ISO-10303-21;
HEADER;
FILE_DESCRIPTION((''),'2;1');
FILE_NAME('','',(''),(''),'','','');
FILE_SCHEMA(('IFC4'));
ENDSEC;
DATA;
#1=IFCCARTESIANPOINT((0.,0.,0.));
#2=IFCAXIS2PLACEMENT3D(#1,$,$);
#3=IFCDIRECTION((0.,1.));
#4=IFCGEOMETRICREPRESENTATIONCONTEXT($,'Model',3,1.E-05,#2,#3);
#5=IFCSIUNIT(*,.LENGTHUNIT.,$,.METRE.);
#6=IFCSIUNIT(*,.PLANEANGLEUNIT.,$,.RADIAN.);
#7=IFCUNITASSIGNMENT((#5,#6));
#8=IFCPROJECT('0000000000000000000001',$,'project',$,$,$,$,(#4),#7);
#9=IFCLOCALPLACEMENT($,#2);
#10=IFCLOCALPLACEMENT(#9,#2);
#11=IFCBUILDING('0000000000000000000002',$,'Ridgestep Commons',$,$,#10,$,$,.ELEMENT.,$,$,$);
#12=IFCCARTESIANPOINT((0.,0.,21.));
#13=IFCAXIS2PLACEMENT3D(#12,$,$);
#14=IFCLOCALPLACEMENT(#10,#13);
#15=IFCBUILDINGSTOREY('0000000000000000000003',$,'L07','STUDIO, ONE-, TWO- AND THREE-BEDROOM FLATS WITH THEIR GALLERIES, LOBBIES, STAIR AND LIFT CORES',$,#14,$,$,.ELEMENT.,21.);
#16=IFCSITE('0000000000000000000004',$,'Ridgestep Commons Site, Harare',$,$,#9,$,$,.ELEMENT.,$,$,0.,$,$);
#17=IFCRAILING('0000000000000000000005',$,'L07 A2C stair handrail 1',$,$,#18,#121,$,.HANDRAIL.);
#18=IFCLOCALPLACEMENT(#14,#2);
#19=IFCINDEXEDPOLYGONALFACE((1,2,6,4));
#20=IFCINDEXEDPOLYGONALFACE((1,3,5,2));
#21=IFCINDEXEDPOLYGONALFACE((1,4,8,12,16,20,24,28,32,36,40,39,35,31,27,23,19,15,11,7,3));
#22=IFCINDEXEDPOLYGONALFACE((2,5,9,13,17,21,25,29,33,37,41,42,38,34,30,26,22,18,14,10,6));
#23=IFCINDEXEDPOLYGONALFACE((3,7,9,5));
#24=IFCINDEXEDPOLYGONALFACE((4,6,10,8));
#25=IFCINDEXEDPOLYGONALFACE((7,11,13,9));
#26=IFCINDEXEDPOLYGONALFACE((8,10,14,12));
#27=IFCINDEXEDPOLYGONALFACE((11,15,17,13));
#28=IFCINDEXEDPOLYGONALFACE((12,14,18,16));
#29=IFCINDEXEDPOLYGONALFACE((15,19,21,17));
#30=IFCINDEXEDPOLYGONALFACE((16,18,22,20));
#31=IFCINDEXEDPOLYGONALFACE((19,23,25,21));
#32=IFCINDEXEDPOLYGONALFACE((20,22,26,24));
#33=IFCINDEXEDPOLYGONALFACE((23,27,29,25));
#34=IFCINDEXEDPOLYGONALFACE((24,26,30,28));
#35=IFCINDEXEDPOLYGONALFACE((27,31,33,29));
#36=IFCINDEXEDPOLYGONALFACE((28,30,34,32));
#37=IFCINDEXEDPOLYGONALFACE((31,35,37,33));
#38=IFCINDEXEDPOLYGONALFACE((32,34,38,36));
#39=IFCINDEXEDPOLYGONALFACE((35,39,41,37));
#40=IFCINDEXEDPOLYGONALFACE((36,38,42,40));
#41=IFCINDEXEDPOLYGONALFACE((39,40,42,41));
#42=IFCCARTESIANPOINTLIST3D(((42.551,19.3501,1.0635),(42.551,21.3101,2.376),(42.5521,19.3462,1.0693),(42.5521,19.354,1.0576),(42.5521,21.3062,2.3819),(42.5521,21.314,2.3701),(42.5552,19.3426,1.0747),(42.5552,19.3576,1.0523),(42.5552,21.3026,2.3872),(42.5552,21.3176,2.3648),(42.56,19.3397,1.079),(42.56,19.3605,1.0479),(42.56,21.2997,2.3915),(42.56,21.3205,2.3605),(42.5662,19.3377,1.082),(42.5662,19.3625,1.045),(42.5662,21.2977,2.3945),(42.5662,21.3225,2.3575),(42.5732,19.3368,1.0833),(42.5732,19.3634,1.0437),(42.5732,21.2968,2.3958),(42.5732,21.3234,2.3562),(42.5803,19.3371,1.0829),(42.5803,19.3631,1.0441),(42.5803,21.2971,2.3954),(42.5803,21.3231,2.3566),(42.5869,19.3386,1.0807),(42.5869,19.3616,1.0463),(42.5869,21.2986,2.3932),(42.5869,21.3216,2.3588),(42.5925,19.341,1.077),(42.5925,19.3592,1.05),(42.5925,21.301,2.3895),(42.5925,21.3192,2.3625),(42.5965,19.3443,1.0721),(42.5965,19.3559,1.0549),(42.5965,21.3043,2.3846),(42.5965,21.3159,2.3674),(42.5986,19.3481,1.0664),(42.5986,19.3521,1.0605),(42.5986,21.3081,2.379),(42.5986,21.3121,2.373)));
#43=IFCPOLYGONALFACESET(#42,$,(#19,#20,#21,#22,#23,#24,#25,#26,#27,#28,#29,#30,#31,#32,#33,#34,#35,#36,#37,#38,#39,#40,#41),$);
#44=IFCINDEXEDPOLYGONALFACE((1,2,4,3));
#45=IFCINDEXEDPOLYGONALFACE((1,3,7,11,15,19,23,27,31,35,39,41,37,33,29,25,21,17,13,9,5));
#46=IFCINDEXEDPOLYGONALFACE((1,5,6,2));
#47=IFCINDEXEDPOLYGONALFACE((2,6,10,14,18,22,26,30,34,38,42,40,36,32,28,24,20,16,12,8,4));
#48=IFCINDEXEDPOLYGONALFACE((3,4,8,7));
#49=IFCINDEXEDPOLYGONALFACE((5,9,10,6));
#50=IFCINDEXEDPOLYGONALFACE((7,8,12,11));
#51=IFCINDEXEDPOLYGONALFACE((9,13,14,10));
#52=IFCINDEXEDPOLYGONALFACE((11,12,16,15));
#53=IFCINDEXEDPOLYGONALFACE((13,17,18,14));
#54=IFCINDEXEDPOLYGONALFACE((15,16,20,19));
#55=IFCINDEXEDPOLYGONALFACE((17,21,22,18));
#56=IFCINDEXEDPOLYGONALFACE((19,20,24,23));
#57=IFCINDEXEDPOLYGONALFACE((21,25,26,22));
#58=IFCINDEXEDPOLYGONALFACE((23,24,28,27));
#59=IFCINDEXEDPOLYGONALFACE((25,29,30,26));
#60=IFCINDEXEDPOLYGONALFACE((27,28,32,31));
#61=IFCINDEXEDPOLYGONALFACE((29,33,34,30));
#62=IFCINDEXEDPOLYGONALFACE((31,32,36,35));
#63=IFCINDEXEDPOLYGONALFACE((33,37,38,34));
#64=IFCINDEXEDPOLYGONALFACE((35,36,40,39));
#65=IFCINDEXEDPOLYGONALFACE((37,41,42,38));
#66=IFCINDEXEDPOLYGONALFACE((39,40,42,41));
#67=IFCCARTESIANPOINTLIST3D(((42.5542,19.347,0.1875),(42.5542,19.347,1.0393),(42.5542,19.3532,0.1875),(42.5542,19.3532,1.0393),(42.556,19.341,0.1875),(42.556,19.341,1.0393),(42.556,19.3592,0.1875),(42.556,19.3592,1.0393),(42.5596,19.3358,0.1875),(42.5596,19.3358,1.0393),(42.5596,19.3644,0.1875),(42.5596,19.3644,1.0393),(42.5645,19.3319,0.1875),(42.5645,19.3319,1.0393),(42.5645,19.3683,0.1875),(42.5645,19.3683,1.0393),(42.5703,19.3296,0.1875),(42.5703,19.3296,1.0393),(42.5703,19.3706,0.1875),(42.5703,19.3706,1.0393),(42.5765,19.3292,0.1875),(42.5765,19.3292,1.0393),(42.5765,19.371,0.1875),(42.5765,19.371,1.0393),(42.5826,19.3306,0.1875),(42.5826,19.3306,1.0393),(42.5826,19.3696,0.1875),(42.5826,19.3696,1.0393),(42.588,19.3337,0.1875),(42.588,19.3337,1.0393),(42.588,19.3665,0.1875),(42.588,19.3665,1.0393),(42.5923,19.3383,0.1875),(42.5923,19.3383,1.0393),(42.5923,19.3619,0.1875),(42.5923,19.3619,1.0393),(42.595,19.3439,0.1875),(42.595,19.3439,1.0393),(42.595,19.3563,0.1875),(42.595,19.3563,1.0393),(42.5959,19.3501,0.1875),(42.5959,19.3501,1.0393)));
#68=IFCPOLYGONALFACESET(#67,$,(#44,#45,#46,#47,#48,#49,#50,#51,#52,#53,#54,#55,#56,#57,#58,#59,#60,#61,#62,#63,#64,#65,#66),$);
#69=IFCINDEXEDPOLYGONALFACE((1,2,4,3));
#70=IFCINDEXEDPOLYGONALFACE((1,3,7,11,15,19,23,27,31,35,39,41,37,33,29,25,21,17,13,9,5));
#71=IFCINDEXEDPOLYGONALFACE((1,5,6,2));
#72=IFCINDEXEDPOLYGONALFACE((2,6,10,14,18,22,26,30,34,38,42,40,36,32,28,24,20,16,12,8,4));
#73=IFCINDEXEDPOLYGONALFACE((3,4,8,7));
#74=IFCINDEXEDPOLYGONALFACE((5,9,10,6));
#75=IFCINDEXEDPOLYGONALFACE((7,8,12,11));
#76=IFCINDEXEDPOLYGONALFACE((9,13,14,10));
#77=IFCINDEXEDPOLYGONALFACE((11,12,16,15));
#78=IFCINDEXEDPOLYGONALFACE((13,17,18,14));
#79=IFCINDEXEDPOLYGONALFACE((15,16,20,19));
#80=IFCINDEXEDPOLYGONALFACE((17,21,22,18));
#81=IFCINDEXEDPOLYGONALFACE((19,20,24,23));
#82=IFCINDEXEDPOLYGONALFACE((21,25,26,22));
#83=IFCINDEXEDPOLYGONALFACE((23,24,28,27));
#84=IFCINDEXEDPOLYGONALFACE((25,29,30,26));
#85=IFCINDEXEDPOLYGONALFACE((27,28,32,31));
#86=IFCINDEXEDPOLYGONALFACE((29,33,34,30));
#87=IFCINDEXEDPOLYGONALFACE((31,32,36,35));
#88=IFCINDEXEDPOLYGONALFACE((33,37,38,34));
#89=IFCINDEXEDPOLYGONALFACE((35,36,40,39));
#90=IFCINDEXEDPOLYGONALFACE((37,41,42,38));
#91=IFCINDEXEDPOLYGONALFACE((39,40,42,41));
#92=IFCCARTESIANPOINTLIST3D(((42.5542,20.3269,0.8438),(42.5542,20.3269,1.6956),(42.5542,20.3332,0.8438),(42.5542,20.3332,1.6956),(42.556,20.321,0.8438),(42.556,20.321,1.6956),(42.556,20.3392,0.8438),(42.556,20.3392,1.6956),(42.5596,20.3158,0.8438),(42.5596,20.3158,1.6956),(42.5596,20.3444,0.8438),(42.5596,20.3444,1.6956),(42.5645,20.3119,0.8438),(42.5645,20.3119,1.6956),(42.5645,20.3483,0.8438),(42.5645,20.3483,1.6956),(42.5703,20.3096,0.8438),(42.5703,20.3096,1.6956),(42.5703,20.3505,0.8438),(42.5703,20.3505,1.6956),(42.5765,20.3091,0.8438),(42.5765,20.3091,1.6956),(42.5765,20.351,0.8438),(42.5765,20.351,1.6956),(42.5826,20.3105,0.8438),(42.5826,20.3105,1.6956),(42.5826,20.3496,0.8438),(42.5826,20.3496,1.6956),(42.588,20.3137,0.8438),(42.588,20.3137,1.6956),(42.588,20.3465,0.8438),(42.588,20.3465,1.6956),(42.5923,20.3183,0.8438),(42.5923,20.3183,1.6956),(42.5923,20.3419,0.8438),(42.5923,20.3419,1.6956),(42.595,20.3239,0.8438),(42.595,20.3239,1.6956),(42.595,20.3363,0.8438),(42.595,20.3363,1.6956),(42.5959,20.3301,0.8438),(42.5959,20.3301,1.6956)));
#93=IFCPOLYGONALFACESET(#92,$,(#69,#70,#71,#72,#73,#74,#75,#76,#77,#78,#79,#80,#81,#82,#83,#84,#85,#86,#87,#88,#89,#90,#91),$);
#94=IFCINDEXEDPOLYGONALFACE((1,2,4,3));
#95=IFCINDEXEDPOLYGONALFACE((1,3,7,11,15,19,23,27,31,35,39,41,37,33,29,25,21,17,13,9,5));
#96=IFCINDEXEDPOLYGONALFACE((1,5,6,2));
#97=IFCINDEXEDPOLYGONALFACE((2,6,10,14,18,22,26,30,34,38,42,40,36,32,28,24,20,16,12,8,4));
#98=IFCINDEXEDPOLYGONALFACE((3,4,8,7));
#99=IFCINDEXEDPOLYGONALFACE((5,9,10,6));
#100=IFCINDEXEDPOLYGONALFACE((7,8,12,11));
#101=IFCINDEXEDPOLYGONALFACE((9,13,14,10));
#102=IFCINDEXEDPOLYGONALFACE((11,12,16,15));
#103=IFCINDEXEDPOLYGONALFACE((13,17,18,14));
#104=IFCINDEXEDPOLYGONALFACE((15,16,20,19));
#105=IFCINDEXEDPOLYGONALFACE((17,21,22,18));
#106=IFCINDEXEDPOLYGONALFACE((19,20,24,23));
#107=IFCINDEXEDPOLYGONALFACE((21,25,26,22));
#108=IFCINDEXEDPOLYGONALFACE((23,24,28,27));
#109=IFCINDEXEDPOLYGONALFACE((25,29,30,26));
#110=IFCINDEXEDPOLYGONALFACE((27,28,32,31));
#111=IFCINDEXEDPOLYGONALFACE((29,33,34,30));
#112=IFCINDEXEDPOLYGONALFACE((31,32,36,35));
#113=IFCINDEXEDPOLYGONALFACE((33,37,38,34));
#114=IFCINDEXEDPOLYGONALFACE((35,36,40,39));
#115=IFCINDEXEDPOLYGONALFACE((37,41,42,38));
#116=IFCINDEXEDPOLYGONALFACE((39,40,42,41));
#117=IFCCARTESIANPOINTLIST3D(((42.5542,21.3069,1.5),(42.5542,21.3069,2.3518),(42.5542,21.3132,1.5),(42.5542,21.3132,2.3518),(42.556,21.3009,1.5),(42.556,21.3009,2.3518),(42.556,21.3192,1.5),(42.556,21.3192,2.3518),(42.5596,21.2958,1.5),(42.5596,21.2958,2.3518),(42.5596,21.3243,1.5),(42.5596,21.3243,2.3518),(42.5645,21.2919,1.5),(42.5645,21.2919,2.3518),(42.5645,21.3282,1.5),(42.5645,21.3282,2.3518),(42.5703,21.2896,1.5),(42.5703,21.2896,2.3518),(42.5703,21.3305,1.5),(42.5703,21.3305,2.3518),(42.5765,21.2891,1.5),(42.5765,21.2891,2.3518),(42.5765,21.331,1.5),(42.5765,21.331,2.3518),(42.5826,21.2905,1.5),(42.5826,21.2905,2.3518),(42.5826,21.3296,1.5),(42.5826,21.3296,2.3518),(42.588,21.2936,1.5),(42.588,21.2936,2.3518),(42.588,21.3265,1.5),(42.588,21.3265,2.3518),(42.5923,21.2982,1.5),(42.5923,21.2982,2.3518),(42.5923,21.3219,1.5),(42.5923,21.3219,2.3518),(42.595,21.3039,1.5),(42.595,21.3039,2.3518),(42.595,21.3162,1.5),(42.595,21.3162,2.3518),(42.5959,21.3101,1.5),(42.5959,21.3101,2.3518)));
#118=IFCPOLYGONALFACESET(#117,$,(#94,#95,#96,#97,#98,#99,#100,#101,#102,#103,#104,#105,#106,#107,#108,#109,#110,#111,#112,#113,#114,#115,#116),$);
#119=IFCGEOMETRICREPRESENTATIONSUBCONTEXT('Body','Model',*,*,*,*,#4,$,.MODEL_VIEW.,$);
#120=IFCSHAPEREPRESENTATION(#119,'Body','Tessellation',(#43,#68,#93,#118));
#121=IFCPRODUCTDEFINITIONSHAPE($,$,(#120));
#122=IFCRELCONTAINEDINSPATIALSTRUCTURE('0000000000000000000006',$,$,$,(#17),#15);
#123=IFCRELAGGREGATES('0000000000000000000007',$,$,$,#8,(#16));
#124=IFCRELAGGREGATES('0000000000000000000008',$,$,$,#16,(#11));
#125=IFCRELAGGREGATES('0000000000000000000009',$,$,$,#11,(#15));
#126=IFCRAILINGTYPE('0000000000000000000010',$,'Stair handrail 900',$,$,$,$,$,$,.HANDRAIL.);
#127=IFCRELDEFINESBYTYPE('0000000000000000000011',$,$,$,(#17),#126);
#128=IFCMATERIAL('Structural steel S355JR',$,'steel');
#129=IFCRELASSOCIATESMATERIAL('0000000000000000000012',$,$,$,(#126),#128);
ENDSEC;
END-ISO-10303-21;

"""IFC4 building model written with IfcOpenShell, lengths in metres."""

from ifc_helpers import new_model, si_unit, direction, frame, origin, origin_2d, place, context, subcontext, project, spatial, circle, extrude, material, type_object, element, save


model = new_model("IFC4")

# Units and contexts
model_context = context("Model", 3, precision=1e-05, world=origin(), true_north=direction((0.0, 1.0)))
body_context = subcontext(model_context, "Body", "Model", "MODEL_VIEW")
ifc_project = project(units=[si_unit("LENGTHUNIT", "METRE"), si_unit("PLANEANGLEUNIT", "RADIAN")], contexts=[model_context])

# Site, building, storey
site_placement = place(None, origin())
site = spatial("IfcSite", under=ifc_project, at=site_placement, Name="Ridgestep Commons Site, Harare", CompositionType="ELEMENT", RefElevation=0.0)
building_placement = place(site_placement, origin())
building = spatial("IfcBuilding", under=site, at=building_placement, Name="Ridgestep Commons", CompositionType="ELEMENT")
storey_placement = place(building_placement, frame((0.0, 0.0, 21.0)))
storey = spatial("IfcBuildingStorey", under=building, at=storey_placement, Name="L07", Description="STUDIO, ONE-, TWO- AND THREE-BEDROOM FLATS WITH THEIR GALLERIES, LOBBIES, STAIR AND LIFT CORES", CompositionType="ELEMENT", Elevation=21.0)

# Railing
ifc_material_1 = material(Name="Structural steel S355JR", Category="steel")
railing_type_1 = type_object("IfcRailingType", Name="Stair handrail 900", PredefinedType="HANDRAIL", material=ifc_material_1)
railing_1_placement = place(storey_placement, frame((42.575, 19.3501, 0.1875)))
element("IfcRailing", 1, at=railing_1_placement, inside=storey, type_object=railing_type_1, Name="L07 A2C stair handrail 1", PredefinedType="HANDRAIL", context=body_context, shape_type="SweptSolid", body=[
    extrude(circle(Radius=0.0239, at=origin_2d()), frame((0.0, 0.0, 0.876), z_axis=(0.0, 0.830902, 0.556419), x_axis=(-1.0, 0.0, 0.0)), (0.0, 0.0, 1.0), 2.3589),
    extrude(circle(Radius=0.021, at=origin_2d()), origin(), (0.0, 0.0, 1.0), 0.8518),
    extrude(circle(Radius=0.021, at=origin_2d()), frame((0.0, 0.98, 0.6562)), (0.0, 0.0, 1.0), 0.8518),
    extrude(circle(Radius=0.021, at=origin_2d()), frame((0.0, 1.96, 1.3125)), (0.0, 0.0, 1.0), 0.8518),
])

save(model, "model.ifc")
